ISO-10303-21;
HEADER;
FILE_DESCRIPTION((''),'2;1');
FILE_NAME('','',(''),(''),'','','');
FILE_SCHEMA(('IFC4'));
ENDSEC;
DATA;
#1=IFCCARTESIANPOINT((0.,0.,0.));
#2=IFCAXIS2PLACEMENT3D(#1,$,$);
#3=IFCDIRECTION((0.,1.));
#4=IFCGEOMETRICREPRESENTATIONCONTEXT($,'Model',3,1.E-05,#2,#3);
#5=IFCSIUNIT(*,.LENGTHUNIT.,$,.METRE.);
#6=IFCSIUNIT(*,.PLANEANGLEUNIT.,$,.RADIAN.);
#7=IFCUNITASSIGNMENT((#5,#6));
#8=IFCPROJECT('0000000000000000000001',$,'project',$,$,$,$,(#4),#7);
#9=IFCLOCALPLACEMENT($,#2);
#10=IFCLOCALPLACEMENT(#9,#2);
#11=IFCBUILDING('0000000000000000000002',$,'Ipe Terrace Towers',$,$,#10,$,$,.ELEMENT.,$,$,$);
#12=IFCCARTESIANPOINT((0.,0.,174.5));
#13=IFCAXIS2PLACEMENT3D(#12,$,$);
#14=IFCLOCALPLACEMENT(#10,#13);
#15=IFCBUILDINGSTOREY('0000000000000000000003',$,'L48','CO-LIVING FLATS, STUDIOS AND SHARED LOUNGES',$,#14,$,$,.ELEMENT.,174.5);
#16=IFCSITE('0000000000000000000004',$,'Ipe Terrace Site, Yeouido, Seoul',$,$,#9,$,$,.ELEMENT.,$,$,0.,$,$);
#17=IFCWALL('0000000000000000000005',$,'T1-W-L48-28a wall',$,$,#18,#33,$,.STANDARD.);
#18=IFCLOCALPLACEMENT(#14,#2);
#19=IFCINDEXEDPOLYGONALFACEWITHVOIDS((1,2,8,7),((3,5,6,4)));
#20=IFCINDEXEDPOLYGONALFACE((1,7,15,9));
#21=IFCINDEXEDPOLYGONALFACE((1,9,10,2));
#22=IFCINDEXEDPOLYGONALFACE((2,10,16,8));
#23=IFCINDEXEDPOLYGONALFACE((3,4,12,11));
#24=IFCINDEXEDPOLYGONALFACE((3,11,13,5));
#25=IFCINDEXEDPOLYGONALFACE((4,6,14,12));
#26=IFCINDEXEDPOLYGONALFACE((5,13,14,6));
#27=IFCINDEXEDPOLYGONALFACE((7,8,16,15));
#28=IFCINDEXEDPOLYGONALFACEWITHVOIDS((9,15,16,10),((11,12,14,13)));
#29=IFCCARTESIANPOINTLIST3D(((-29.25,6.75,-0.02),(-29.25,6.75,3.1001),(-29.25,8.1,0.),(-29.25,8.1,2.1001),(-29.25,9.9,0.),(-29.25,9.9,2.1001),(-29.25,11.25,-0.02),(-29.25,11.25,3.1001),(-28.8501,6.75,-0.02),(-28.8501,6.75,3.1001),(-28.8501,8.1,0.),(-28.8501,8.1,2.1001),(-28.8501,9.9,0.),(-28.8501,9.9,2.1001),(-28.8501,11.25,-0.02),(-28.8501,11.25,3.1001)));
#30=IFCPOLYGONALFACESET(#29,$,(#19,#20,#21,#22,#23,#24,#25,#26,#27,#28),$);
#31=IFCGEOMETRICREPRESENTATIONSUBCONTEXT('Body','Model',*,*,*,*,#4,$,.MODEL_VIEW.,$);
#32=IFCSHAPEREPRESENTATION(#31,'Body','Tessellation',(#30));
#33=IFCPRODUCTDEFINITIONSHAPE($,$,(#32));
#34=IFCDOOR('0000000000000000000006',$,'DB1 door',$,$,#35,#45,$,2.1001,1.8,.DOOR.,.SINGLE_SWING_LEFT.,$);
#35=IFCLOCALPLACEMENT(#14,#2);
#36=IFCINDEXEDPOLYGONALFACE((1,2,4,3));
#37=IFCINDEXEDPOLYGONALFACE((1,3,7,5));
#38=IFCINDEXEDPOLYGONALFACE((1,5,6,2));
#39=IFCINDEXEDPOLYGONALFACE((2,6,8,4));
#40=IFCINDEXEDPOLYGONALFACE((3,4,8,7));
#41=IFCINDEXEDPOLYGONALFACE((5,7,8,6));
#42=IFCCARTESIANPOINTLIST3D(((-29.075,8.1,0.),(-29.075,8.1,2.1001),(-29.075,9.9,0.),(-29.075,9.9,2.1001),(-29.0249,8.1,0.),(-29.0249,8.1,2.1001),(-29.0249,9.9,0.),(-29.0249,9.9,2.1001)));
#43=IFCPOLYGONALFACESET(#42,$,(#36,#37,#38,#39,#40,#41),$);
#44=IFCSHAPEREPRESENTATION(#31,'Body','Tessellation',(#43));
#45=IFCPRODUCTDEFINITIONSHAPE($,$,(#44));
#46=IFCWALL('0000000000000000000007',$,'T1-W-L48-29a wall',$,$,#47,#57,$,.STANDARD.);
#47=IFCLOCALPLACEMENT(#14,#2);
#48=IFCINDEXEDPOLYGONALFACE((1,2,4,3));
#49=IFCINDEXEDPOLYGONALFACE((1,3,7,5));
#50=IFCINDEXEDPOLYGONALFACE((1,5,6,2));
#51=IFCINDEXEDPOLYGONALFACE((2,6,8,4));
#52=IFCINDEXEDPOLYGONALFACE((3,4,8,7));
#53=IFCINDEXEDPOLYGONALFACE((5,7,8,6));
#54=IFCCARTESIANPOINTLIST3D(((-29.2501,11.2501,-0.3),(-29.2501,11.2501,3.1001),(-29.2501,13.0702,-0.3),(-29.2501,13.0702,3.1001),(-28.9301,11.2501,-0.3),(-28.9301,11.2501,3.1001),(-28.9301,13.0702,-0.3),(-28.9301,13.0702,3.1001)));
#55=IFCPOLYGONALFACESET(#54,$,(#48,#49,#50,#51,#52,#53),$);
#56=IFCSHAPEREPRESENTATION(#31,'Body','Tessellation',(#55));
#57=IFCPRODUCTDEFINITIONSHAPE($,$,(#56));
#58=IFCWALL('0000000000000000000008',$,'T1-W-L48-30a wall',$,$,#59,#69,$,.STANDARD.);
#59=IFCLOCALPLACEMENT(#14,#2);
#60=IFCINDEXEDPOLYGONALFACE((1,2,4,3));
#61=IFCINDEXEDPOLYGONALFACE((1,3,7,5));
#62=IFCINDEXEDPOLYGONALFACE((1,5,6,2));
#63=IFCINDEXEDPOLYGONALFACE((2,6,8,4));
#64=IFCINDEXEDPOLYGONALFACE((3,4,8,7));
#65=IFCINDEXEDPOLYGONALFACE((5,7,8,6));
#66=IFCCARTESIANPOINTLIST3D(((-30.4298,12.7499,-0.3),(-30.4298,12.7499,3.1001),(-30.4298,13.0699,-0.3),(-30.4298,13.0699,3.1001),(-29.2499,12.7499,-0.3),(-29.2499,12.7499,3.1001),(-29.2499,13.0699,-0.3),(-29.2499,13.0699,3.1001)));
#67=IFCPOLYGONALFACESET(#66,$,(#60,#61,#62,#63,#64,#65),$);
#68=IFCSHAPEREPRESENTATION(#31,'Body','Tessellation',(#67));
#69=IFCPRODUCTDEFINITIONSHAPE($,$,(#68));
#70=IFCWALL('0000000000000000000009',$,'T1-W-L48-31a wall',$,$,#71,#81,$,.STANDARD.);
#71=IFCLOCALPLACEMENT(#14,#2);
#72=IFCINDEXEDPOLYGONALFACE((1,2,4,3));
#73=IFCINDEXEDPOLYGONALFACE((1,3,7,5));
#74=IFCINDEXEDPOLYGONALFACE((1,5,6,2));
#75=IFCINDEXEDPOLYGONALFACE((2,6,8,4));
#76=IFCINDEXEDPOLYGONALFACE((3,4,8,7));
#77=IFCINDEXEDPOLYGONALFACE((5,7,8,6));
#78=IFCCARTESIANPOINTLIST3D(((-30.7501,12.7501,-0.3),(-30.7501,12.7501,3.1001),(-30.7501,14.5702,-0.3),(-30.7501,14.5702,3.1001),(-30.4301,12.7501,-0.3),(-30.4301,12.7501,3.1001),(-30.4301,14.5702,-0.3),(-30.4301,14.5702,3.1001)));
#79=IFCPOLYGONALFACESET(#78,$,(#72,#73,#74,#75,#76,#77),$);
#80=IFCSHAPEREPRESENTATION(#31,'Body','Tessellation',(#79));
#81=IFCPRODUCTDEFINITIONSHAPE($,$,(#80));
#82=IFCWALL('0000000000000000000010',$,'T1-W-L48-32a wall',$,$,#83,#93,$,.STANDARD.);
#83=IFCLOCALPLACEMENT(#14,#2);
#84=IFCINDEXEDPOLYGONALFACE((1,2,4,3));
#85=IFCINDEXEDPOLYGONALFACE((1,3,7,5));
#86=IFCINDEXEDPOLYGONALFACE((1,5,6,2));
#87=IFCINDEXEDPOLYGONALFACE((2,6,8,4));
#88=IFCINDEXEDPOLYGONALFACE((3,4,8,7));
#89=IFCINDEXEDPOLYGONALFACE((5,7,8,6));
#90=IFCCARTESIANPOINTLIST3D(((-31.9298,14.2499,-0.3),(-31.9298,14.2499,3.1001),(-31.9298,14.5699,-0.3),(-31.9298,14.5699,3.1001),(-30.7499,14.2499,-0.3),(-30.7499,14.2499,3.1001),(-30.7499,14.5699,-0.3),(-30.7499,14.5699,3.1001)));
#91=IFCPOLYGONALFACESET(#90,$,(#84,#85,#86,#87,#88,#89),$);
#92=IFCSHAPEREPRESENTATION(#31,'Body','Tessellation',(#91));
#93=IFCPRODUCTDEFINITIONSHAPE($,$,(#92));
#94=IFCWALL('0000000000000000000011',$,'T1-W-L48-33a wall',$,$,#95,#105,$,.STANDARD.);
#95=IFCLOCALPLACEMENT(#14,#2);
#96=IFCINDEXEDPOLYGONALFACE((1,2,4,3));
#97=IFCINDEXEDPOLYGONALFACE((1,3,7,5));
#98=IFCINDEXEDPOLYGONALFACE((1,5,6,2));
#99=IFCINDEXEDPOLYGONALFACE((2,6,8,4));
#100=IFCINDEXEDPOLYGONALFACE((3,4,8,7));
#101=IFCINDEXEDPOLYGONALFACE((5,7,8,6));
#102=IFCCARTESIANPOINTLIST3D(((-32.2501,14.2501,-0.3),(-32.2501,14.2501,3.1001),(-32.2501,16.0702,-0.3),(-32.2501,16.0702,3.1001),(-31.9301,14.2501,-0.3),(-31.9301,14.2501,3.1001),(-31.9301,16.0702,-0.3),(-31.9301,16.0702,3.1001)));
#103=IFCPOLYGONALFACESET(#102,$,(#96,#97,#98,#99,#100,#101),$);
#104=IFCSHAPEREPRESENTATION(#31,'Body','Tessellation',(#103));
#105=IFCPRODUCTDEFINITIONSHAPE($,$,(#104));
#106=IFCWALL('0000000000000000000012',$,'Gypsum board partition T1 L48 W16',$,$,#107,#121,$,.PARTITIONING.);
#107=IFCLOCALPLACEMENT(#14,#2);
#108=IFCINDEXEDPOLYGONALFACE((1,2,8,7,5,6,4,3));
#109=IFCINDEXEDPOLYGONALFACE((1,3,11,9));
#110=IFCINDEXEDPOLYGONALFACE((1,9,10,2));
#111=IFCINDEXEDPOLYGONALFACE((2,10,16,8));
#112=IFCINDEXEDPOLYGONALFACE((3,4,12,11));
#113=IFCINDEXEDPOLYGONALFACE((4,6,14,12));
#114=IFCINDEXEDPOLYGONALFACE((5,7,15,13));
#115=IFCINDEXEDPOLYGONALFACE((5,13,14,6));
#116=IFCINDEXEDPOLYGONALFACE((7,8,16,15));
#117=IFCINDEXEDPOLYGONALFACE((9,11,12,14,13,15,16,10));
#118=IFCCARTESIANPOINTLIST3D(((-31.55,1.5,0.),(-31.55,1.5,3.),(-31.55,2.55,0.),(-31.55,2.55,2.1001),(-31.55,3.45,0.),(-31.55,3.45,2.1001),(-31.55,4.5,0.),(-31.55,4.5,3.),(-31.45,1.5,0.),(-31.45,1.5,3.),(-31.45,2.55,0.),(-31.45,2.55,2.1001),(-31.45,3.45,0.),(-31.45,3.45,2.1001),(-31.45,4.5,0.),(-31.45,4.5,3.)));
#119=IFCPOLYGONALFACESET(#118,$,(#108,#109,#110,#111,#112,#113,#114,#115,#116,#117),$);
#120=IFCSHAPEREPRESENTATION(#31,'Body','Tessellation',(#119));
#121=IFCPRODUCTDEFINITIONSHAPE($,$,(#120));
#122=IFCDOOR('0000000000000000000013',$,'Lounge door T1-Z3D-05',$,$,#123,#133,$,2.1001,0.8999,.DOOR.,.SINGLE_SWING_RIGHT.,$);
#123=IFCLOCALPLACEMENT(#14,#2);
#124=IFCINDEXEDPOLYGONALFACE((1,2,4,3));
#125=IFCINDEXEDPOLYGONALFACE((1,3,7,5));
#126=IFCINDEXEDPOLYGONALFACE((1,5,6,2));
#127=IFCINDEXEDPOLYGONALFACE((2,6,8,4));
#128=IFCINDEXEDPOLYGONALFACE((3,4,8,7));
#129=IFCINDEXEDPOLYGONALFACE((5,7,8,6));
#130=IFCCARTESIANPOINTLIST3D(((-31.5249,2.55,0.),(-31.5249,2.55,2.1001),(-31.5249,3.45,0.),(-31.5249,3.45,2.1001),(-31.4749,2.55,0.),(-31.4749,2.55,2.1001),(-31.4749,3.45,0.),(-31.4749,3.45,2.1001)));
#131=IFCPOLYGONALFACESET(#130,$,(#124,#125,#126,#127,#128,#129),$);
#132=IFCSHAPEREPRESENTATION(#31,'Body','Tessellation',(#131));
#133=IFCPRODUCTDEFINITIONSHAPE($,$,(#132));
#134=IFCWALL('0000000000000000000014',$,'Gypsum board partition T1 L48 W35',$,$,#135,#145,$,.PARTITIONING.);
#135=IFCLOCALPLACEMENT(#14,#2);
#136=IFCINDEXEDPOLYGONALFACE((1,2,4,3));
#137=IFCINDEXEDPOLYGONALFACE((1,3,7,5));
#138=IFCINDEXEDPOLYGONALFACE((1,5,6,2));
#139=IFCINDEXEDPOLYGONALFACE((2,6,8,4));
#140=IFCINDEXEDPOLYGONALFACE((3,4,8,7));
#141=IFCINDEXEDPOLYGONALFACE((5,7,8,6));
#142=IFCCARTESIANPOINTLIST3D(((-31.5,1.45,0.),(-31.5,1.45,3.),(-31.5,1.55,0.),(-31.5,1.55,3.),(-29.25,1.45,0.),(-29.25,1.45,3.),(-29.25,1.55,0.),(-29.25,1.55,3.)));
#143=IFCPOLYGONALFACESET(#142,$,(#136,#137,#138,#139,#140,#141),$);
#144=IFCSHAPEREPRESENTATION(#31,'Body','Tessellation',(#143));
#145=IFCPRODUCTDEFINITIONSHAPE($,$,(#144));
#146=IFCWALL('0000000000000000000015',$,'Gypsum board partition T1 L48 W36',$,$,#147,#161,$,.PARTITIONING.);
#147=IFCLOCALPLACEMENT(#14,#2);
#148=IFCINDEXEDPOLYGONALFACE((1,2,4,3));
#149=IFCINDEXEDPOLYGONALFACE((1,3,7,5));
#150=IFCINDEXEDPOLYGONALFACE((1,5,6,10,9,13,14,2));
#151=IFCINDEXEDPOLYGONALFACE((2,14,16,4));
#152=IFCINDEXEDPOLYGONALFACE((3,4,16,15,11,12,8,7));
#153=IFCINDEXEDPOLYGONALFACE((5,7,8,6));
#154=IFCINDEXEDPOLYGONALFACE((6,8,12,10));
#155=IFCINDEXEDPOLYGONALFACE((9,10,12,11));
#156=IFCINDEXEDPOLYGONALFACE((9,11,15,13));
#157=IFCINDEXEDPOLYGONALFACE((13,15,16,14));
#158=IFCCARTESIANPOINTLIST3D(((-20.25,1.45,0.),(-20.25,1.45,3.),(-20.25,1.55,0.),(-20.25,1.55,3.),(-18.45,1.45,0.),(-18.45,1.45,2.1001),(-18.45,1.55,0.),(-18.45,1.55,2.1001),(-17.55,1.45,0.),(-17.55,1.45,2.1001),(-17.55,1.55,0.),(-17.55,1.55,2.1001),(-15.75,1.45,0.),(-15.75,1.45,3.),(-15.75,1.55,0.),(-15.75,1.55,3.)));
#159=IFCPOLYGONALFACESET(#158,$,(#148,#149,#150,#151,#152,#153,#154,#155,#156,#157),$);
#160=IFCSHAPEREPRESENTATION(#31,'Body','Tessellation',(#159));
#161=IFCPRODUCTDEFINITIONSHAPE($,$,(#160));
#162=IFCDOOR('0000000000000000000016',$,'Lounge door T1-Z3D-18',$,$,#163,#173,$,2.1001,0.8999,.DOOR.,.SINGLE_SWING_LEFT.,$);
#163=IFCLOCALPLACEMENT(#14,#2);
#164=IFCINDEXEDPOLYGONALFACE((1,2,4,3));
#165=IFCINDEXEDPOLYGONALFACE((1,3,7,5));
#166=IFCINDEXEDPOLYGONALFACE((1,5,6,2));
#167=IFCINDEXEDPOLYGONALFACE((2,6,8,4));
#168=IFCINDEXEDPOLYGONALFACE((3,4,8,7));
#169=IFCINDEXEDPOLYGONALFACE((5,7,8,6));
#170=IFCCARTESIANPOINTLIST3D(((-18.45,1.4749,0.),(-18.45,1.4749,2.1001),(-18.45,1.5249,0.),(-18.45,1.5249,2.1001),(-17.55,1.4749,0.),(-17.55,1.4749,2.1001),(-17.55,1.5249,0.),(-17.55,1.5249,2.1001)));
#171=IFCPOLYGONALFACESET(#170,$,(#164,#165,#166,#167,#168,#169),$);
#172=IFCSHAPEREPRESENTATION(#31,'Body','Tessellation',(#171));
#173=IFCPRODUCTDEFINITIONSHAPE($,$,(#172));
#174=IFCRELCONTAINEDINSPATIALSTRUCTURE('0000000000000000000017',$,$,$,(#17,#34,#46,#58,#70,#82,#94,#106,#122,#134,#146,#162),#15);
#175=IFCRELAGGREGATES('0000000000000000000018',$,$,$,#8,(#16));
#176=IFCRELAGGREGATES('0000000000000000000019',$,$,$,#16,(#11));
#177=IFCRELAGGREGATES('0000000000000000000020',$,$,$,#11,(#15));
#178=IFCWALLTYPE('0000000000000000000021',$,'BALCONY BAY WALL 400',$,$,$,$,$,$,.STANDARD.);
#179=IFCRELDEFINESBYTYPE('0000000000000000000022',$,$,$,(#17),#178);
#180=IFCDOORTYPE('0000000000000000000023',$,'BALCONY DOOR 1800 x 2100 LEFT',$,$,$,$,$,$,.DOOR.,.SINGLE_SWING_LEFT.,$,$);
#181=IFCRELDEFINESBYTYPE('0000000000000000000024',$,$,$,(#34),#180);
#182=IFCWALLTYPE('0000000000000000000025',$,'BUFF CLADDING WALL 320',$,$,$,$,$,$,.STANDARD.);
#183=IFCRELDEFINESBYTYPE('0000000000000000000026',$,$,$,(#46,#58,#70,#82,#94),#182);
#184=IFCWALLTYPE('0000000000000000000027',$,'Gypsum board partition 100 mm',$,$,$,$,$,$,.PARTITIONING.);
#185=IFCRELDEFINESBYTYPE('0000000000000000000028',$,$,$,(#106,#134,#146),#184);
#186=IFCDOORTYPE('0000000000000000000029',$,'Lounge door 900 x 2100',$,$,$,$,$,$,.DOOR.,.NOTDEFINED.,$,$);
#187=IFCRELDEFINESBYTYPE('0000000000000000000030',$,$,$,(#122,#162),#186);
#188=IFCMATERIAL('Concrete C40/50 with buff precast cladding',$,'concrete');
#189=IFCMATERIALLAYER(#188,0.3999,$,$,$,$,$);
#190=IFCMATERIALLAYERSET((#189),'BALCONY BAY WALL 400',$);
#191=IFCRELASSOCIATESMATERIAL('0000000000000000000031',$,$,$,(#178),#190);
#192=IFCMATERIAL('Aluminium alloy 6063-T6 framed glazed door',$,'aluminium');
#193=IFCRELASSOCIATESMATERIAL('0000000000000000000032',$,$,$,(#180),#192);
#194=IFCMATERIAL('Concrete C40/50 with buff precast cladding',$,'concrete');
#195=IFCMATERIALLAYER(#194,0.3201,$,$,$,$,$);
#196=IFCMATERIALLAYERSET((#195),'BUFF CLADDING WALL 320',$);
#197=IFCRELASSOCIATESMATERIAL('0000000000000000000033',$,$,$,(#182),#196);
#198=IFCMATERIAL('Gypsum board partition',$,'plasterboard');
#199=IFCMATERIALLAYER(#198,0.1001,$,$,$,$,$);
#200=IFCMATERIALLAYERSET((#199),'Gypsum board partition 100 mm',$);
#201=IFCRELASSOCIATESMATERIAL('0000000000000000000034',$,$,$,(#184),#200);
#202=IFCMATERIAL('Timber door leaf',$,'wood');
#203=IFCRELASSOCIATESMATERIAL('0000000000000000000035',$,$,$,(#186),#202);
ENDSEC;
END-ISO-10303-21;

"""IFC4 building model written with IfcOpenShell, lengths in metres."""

from ifc_helpers import new_model, si_unit, direction, frame, frame_2d, origin, place, context, subcontext, project, spatial, rectangle, extrude, material, layer, layer_set, type_object, element, fill, save


model = new_model("IFC4")

# Units and contexts
model_context = context("Model", 3, precision=1e-05, world=origin(), true_north=direction((0.0, 1.0)))
body_context = subcontext(model_context, "Body", "Model", "MODEL_VIEW")
ifc_project = project(units=[si_unit("LENGTHUNIT", "METRE"), si_unit("PLANEANGLEUNIT", "RADIAN")], contexts=[model_context])

# Site, building, storey
site_placement = place(None, origin())
site = spatial("IfcSite", under=ifc_project, at=site_placement, Name="Ipe Terrace Site, Yeouido, Seoul", CompositionType="ELEMENT", RefElevation=0.0)
building_placement = place(site_placement, origin())
building = spatial("IfcBuilding", under=site, at=building_placement, Name="Ipe Terrace Towers", CompositionType="ELEMENT")
storey_placement = place(building_placement, frame((0.0, 0.0, 174.5)))
storey = spatial("IfcBuildingStorey", under=building, at=storey_placement, Name="L48", Description="CO-LIVING FLATS, STUDIOS AND SHARED LOUNGES", CompositionType="ELEMENT", Elevation=174.5)

# Wall, opening, door
ifc_material_1 = material(Name="Concrete C40/50 with buff precast cladding", Category="concrete")
ifc_layer_1 = layer(ifc_material_1, 0.3999)
ifc_layer_set_1 = layer_set([ifc_layer_1], Name="BALCONY BAY WALL 400")
wall_type_1 = type_object("IfcWallType", Name="BALCONY BAY WALL 400", PredefinedType="STANDARD", material=ifc_layer_set_1)
wall_1_placement = place(storey_placement, frame((-29.05, 6.75, -0.02), z_axis=(0.0, 0.0, 1.0), x_axis=(0.0, 1.0, 0.0)))
wall_1 = element("IfcWall", 1, at=wall_1_placement, inside=storey, type_object=wall_type_1, Name="T1-W-L48-28a wall", PredefinedType="STANDARD", context=body_context, shape_type="SweptSolid", body=[
    extrude(rectangle(XDim=4.5, YDim=0.3999, at=frame_2d((2.25, 0.0))), origin(), (0.0, 0.0, 1.0), 3.1201),
])
opening_1_placement = place(wall_1_placement, frame((1.3501, 0.0, 0.02)))
opening_1 = element("IfcOpeningElement", 2, at=opening_1_placement, cuts=wall_1, PredefinedType="OPENING", context=body_context, shape_type="SweptSolid", body=[
    extrude(rectangle(XDim=1.8, YDim=2.1001, at=frame_2d((0.8999, 1.05))), frame((0.0, 0.21, 0.0), z_axis=(0.0, -1.0, 0.0), x_axis=(1.0, 0.0, 0.0)), (0.0, 0.0, 1.0), 0.4199),
])
ifc_material_2 = material(Name="Aluminium alloy 6063-T6 framed glazed door", Category="aluminium")
door_type_1 = type_object("IfcDoorType", Name="BALCONY DOOR 1800 x 2100 LEFT", OperationType="SINGLE_SWING_LEFT", PredefinedType="DOOR", material=ifc_material_2)
door_1_placement = place(opening_1_placement, origin())
door_1 = element("IfcDoor", 3, at=door_1_placement, inside=storey, type_object=door_type_1, Name="DB1 door", OperationType="SINGLE_SWING_LEFT", OverallHeight=2.1001, OverallWidth=1.8, PredefinedType="DOOR", context=body_context, shape_type="SweptSolid", body=[
    extrude(rectangle(XDim=1.8, YDim=2.1001, at=frame_2d((0.8999, 1.05))), frame((0.0, 0.0249, 0.0), z_axis=(0.0, -1.0, 0.0), x_axis=(1.0, 0.0, 0.0)), (0.0, 0.0, 1.0), 0.05),
])
fill(opening_1, door_1)

# Walls
ifc_material_3 = material(Name="Concrete C40/50 with buff precast cladding", Category="concrete")
ifc_layer_2 = layer(ifc_material_3, 0.3201)
ifc_layer_set_2 = layer_set([ifc_layer_2], Name="BUFF CLADDING WALL 320")
wall_type_2 = type_object("IfcWallType", Name="BUFF CLADDING WALL 320", PredefinedType="STANDARD", material=ifc_layer_set_2)
wall_2_placement = place(storey_placement, frame((-29.0901, 11.25, -0.3), z_axis=(0.0, 0.0, 1.0), x_axis=(0.0, 1.0, 0.0)))
element("IfcWall", 4, at=wall_2_placement, inside=storey, type_object=wall_type_2, Name="T1-W-L48-29a wall", PredefinedType="STANDARD", context=body_context, shape_type="SweptSolid", body=[
    extrude(rectangle(XDim=1.8201, YDim=0.3201, at=frame_2d((0.9102, 0.0))), origin(), (0.0, 0.0, 1.0), 3.4001),
])
wall_3_placement = place(storey_placement, frame((-29.25, 12.9099, -0.3), z_axis=(0.0, 0.0, 1.0), x_axis=(-1.0, 0.0, 0.0)))
element("IfcWall", 5, at=wall_3_placement, inside=storey, type_object=wall_type_2, Name="T1-W-L48-30a wall", PredefinedType="STANDARD", context=body_context, shape_type="SweptSolid", body=[
    extrude(rectangle(XDim=1.1799, YDim=0.3201, at=frame_2d((0.5898, 0.0))), origin(), (0.0, 0.0, 1.0), 3.4001),
])
wall_4_placement = place(storey_placement, frame((-30.5901, 12.75, -0.3), z_axis=(0.0, 0.0, 1.0), x_axis=(0.0, 1.0, 0.0)))
element("IfcWall", 6, at=wall_4_placement, inside=storey, type_object=wall_type_2, Name="T1-W-L48-31a wall", PredefinedType="STANDARD", context=body_context, shape_type="SweptSolid", body=[
    extrude(rectangle(XDim=1.8201, YDim=0.3201, at=frame_2d((0.9102, 0.0))), origin(), (0.0, 0.0, 1.0), 3.4001),
])
wall_5_placement = place(storey_placement, frame((-30.75, 14.4099, -0.3), z_axis=(0.0, 0.0, 1.0), x_axis=(-1.0, 0.0, 0.0)))
element("IfcWall", 7, at=wall_5_placement, inside=storey, type_object=wall_type_2, Name="T1-W-L48-32a wall", PredefinedType="STANDARD", context=body_context, shape_type="SweptSolid", body=[
    extrude(rectangle(XDim=1.1799, YDim=0.3201, at=frame_2d((0.5898, 0.0))), origin(), (0.0, 0.0, 1.0), 3.4001),
])
wall_6_placement = place(storey_placement, frame((-32.0901, 14.25, -0.3), z_axis=(0.0, 0.0, 1.0), x_axis=(0.0, 1.0, 0.0)))
element("IfcWall", 8, at=wall_6_placement, inside=storey, type_object=wall_type_2, Name="T1-W-L48-33a wall", PredefinedType="STANDARD", context=body_context, shape_type="SweptSolid", body=[
    extrude(rectangle(XDim=1.8201, YDim=0.3201, at=frame_2d((0.9102, 0.0))), origin(), (0.0, 0.0, 1.0), 3.4001),
])

# Wall, opening, door
ifc_material_4 = material(Name="Gypsum board partition", Category="plasterboard")
ifc_layer_3 = layer(ifc_material_4, 0.1001)
ifc_layer_set_3 = layer_set([ifc_layer_3], Name="Gypsum board partition 100 mm")
wall_type_3 = type_object("IfcWallType", Name="Gypsum board partition 100 mm", PredefinedType="PARTITIONING", material=ifc_layer_set_3)
wall_7_placement = place(storey_placement, frame((-31.5, 1.5, 0.0), z_axis=(0.0, 0.0, 1.0), x_axis=(0.0, 1.0, 0.0)))
wall_7 = element("IfcWall", 9, at=wall_7_placement, inside=storey, type_object=wall_type_3, Name="Gypsum board partition T1 L48 W16", PredefinedType="PARTITIONING", context=body_context, shape_type="SweptSolid", body=[
    extrude(rectangle(XDim=3.0, YDim=0.1001, at=frame_2d((1.5, 0.0))), origin(), (0.0, 0.0, 1.0), 3.0),
])
opening_2_placement = place(wall_7_placement, frame((1.05, 0.0, 0.0)))
opening_2 = element("IfcOpeningElement", 10, at=opening_2_placement, cuts=wall_7, PredefinedType="OPENING", context=body_context, shape_type="SweptSolid", body=[
    extrude(rectangle(XDim=0.8999, YDim=2.1001, at=frame_2d((0.45, 1.05))), frame((0.0, 0.0601, 0.0), z_axis=(0.0, -1.0, 0.0), x_axis=(1.0, 0.0, 0.0)), (0.0, 0.0, 1.0), 0.1201),
])
ifc_material_5 = material(Name="Timber door leaf", Category="wood")
door_type_2 = type_object("IfcDoorType", Name="Lounge door 900 x 2100", OperationType="NOTDEFINED", PredefinedType="DOOR", material=ifc_material_5)
door_2_placement = place(opening_2_placement, origin())
door_2 = element("IfcDoor", 11, at=door_2_placement, inside=storey, type_object=door_type_2, Name="Lounge door T1-Z3D-05", OperationType="SINGLE_SWING_RIGHT", OverallHeight=2.1001, OverallWidth=0.8999, PredefinedType="DOOR", context=body_context, shape_type="SweptSolid", body=[
    extrude(rectangle(XDim=0.8999, YDim=2.1001, at=frame_2d((0.45, 1.05))), frame((0.0, 0.0249, 0.0), z_axis=(0.0, -1.0, 0.0), x_axis=(1.0, 0.0, 0.0)), (0.0, 0.0, 1.0), 0.05),
])
fill(opening_2, door_2)

# Wall
wall_8_placement = place(storey_placement, frame((-31.5, 1.5, 0.0), z_axis=(0.0, 0.0, 1.0), x_axis=(1.0, 0.0, 0.0)))
element("IfcWall", 12, at=wall_8_placement, inside=storey, type_object=wall_type_3, Name="Gypsum board partition T1 L48 W35", PredefinedType="PARTITIONING", context=body_context, shape_type="SweptSolid", body=[
    extrude(rectangle(XDim=2.25, YDim=0.1001, at=frame_2d((1.125, 0.0))), origin(), (0.0, 0.0, 1.0), 3.0),
])

# Wall, opening, door
wall_9_placement = place(storey_placement, frame((-20.25, 1.5, 0.0), z_axis=(0.0, 0.0, 1.0), x_axis=(1.0, 0.0, 0.0)))
wall_9 = element("IfcWall", 13, at=wall_9_placement, inside=storey, type_object=wall_type_3, Name="Gypsum board partition T1 L48 W36", PredefinedType="PARTITIONING", context=body_context, shape_type="SweptSolid", body=[
    extrude(rectangle(XDim=4.5, YDim=0.1001, at=frame_2d((2.25, 0.0))), origin(), (0.0, 0.0, 1.0), 3.0),
])
opening_3_placement = place(wall_9_placement, frame((1.8, 0.0, 0.0)))
opening_3 = element("IfcOpeningElement", 14, at=opening_3_placement, cuts=wall_9, PredefinedType="OPENING", context=body_context, shape_type="SweptSolid", body=[
    extrude(rectangle(XDim=0.8999, YDim=2.1001, at=frame_2d((0.45, 1.05))), frame((0.0, 0.0601, 0.0), z_axis=(0.0, -1.0, 0.0), x_axis=(1.0, 0.0, 0.0)), (0.0, 0.0, 1.0), 0.1201),
])
door_3_placement = place(opening_3_placement, origin())
door_3 = element("IfcDoor", 15, at=door_3_placement, inside=storey, type_object=door_type_2, Name="Lounge door T1-Z3D-18", OperationType="SINGLE_SWING_LEFT", OverallHeight=2.1001, OverallWidth=0.8999, PredefinedType="DOOR", context=body_context, shape_type="SweptSolid", body=[
    extrude(rectangle(XDim=0.8999, YDim=2.1001, at=frame_2d((0.45, 1.05))), frame((0.0, 0.0249, 0.0), z_axis=(0.0, -1.0, 0.0), x_axis=(1.0, 0.0, 0.0)), (0.0, 0.0, 1.0), 0.05),
])
fill(opening_3, door_3)

save(model, "model.ifc")
